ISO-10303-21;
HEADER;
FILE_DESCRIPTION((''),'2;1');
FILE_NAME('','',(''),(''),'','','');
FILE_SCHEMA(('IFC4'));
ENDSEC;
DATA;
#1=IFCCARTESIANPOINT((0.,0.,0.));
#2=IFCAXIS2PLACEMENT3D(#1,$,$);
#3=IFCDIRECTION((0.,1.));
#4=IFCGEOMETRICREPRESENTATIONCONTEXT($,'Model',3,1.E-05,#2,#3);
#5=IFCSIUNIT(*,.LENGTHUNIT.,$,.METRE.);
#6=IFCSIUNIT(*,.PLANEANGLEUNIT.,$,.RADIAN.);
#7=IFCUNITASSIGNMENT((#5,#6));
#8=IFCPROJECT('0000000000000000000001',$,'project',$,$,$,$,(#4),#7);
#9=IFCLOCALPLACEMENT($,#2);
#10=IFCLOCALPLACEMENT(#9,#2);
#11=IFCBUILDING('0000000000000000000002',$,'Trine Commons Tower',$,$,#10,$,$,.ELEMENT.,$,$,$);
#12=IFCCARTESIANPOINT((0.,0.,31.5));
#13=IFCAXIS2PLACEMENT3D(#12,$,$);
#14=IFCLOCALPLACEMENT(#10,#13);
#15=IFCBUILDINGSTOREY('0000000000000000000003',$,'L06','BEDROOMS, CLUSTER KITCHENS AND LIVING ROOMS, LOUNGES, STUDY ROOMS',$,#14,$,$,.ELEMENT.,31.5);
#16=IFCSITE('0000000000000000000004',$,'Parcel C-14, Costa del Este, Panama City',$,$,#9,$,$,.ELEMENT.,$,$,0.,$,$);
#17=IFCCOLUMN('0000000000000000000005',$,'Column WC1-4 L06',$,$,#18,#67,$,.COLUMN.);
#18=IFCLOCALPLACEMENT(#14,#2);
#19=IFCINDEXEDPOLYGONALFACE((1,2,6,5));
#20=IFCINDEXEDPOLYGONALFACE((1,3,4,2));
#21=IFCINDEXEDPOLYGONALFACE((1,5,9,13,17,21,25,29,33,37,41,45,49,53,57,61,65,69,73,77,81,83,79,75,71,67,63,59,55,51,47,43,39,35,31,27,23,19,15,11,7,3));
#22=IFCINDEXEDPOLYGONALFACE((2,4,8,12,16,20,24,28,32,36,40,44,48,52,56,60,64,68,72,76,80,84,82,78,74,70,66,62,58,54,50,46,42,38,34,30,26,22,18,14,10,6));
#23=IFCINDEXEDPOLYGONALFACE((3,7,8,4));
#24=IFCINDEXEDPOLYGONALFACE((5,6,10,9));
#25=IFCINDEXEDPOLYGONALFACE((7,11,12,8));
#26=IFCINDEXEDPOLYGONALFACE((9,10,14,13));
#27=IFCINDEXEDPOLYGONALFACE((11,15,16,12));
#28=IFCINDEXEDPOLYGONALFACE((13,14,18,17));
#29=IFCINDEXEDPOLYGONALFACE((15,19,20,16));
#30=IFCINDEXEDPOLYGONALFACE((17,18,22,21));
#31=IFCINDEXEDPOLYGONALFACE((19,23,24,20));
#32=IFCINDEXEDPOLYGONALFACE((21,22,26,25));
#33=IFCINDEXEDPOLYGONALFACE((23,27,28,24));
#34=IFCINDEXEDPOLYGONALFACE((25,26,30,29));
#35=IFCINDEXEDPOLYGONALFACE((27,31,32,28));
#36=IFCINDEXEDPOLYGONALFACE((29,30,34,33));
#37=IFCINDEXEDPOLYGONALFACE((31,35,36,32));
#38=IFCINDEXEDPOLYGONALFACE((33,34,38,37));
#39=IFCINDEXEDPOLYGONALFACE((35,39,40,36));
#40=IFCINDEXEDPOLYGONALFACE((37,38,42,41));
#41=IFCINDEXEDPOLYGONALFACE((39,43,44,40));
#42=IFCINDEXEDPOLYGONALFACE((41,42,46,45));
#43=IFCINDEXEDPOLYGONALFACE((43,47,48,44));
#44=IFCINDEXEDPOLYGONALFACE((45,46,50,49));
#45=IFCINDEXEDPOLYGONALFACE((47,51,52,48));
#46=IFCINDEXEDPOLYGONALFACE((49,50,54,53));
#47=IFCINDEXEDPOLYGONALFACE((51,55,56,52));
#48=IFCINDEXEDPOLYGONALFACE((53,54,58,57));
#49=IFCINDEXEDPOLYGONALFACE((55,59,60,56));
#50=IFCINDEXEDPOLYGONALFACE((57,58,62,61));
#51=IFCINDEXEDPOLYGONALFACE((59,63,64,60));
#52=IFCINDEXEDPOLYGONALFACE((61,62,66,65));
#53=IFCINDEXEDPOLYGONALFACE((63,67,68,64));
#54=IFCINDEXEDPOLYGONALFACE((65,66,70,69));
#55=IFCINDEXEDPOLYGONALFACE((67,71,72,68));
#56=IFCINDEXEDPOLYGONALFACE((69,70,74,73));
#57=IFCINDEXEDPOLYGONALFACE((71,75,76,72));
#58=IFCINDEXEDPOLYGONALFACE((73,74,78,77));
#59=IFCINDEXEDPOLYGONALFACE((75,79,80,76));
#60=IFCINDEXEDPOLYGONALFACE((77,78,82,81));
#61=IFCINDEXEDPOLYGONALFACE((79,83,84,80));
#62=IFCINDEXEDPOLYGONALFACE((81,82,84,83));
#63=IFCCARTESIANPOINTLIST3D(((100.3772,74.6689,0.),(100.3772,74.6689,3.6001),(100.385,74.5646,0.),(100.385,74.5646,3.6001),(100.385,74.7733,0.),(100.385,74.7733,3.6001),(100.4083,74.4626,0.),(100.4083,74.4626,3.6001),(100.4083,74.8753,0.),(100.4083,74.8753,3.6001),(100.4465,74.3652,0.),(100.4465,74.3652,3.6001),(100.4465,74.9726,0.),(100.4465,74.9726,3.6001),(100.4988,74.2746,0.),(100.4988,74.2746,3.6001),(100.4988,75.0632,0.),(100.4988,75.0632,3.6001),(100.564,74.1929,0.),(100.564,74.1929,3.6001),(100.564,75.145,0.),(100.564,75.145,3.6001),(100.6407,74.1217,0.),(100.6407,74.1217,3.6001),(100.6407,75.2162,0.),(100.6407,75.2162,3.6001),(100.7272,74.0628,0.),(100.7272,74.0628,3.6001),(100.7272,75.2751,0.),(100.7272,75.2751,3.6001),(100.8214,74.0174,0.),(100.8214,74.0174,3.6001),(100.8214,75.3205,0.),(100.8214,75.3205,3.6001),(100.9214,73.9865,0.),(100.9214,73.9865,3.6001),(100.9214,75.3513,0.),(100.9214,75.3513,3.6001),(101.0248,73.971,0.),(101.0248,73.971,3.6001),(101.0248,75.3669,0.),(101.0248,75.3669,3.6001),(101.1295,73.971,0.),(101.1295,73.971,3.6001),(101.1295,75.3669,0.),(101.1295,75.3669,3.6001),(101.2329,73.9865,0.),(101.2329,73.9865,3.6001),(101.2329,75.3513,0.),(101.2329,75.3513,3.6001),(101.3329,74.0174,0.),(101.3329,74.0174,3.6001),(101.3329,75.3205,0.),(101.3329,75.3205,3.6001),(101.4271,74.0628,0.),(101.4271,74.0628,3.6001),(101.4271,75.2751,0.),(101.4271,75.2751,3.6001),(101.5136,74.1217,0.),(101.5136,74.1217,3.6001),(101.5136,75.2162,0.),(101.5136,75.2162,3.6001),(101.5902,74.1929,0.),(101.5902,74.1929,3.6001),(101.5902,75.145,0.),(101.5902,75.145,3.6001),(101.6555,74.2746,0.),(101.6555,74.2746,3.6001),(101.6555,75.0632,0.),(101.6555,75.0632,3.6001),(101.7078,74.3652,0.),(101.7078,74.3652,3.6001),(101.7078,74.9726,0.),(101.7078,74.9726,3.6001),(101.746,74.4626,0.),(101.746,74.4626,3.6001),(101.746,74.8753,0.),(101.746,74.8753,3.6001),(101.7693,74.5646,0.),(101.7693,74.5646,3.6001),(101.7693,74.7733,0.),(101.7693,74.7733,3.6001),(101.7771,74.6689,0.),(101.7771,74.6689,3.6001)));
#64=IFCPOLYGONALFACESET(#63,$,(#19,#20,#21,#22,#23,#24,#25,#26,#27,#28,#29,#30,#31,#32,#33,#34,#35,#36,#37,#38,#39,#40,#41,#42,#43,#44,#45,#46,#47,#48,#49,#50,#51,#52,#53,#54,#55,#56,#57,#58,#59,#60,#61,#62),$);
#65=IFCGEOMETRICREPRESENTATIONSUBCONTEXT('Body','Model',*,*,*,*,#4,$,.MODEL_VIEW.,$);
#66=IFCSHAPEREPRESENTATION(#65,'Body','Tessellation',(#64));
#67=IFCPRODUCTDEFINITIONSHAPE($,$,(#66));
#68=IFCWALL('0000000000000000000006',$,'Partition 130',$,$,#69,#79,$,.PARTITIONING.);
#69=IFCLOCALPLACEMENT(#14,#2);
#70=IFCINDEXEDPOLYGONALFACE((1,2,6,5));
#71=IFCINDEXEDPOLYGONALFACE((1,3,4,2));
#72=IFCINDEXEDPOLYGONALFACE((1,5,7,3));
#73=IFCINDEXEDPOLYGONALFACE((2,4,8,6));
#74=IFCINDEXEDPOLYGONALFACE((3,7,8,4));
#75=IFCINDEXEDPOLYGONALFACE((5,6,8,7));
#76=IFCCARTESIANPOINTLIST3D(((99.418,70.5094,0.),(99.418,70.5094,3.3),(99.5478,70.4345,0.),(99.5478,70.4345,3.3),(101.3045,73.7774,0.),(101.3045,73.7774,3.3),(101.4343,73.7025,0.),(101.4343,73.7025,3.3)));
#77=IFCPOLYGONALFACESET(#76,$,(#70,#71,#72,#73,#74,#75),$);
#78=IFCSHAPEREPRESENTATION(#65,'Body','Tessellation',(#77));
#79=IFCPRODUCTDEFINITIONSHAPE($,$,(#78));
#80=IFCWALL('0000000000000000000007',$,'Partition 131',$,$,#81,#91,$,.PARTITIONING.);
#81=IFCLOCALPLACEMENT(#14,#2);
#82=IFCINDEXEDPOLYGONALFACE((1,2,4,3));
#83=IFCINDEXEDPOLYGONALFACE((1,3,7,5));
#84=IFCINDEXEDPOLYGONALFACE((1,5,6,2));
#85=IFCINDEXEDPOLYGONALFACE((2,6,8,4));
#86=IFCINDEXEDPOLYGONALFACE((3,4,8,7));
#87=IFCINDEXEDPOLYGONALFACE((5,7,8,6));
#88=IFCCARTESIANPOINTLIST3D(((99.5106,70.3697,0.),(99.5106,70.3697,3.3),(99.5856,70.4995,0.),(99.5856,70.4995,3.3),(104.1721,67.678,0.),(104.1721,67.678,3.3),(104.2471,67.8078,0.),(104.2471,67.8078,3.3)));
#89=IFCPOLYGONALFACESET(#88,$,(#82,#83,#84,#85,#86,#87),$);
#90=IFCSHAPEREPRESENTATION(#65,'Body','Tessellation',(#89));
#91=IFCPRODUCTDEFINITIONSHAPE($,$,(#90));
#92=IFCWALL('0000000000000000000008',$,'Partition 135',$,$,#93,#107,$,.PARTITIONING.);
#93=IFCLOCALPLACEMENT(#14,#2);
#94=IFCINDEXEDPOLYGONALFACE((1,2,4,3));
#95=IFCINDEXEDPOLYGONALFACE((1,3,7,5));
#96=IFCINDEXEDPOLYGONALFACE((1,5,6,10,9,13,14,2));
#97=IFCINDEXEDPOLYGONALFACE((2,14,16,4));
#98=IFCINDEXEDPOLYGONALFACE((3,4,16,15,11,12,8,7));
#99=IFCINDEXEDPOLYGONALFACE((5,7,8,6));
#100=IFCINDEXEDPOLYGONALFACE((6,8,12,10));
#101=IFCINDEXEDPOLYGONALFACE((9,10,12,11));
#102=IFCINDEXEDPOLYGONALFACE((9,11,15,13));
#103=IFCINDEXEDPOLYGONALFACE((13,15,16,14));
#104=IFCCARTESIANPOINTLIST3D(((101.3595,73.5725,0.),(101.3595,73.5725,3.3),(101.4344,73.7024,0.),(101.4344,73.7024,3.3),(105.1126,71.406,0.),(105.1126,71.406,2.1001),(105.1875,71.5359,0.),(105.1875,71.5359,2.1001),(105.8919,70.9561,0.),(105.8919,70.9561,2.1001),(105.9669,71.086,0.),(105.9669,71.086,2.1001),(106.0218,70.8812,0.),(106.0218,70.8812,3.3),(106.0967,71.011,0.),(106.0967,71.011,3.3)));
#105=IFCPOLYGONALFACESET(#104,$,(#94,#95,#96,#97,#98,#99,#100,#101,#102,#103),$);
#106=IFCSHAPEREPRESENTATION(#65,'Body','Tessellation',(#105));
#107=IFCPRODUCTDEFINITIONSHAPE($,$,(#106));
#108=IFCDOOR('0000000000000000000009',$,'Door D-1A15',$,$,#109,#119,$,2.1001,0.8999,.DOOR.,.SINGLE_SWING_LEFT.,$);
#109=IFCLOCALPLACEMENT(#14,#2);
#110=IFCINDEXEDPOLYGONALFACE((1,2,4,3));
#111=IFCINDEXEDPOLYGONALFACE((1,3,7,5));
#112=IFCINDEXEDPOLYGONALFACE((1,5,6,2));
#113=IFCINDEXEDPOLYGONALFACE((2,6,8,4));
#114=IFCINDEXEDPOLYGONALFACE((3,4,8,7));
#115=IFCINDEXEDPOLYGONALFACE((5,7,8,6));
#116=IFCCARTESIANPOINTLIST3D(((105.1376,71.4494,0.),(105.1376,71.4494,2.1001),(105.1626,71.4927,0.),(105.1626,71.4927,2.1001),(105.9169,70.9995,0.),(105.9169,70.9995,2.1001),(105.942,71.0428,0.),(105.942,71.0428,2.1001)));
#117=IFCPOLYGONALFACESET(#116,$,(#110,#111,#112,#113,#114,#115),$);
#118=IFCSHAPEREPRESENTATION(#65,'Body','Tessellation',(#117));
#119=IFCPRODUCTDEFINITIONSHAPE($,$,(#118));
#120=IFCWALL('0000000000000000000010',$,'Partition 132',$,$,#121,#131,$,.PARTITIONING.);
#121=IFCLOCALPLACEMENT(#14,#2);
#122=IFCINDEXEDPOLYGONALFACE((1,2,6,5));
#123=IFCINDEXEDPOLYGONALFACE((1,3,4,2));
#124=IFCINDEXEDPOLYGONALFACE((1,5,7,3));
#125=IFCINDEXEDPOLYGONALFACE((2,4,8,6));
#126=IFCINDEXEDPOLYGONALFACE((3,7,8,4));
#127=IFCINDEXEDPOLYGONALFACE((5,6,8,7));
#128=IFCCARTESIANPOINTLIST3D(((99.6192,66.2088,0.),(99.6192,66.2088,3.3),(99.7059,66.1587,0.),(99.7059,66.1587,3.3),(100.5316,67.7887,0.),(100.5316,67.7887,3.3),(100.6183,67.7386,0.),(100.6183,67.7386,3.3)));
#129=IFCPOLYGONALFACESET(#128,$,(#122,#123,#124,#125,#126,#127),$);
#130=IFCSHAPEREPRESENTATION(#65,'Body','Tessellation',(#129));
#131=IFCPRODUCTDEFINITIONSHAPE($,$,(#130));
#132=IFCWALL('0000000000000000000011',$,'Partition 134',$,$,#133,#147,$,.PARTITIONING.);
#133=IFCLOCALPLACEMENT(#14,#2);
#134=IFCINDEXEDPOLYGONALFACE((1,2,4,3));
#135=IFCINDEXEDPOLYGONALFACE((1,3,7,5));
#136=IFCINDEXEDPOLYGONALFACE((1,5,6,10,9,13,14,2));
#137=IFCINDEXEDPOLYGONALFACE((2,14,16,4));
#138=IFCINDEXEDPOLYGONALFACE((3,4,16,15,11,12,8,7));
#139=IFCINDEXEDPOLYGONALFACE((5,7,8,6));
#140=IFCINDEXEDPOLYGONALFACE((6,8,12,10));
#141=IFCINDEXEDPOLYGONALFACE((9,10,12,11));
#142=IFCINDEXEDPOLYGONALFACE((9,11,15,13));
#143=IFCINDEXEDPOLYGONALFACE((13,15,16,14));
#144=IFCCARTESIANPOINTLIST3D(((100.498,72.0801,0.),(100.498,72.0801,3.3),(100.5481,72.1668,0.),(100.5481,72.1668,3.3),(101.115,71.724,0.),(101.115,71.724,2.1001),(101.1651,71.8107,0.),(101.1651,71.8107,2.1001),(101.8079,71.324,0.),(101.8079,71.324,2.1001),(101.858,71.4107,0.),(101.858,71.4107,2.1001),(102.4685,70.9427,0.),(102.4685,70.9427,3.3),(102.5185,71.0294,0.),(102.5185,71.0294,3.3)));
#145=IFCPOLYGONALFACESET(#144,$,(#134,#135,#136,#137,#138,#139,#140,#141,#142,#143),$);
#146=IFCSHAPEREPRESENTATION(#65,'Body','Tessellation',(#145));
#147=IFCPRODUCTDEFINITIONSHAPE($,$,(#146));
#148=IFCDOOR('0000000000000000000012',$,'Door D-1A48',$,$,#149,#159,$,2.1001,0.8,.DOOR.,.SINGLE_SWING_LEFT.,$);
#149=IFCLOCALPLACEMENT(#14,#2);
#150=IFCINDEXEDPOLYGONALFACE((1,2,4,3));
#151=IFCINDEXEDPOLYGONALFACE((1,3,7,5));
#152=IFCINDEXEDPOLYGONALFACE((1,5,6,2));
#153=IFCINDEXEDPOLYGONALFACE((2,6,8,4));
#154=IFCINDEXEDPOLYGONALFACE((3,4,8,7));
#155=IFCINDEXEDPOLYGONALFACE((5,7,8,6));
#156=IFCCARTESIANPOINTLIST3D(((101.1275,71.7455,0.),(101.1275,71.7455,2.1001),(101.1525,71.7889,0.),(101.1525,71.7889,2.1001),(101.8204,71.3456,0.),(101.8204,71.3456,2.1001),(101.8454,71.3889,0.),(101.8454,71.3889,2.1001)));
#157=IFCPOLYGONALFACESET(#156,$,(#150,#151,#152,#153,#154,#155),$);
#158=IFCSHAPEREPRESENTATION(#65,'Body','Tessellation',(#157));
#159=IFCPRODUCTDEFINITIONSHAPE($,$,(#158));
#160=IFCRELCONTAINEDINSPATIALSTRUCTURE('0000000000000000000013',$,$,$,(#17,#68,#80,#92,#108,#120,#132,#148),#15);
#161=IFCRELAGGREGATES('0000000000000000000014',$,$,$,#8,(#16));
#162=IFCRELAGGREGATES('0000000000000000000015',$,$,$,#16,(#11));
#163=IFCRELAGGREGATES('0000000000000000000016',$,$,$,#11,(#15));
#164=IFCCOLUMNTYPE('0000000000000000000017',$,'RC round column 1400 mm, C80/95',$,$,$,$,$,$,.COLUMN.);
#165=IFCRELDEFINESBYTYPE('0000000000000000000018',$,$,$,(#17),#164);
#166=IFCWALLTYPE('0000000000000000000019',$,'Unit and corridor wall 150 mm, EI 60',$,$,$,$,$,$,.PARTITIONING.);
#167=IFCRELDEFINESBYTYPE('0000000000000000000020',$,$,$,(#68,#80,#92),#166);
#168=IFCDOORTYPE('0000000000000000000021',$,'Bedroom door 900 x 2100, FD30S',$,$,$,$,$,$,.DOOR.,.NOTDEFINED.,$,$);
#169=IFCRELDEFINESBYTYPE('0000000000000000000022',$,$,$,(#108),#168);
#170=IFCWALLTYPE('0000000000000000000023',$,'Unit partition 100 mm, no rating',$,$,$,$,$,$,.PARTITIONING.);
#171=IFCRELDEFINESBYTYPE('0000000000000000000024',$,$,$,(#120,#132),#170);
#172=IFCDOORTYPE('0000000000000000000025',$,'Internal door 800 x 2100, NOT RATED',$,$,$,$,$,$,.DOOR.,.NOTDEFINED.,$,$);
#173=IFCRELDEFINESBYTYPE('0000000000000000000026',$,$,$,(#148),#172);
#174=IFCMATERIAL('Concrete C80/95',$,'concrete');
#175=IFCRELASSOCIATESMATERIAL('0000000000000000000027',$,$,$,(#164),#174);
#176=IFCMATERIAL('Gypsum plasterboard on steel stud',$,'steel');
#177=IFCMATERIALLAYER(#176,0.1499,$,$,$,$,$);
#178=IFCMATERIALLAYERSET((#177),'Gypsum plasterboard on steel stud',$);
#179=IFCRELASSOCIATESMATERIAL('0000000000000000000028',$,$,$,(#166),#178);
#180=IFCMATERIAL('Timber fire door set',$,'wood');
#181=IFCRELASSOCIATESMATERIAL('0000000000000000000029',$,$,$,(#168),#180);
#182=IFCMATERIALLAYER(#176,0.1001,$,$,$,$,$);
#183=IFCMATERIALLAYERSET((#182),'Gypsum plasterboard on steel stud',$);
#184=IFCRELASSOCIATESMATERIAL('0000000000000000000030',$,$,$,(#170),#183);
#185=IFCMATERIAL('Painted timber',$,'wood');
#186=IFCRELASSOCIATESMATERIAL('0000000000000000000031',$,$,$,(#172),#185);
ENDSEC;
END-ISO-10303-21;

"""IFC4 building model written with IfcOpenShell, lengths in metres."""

from ifc_helpers import new_model, si_unit, direction, frame, frame_2d, origin, origin_2d, place, context, subcontext, project, spatial, rectangle, circle, extrude, material, layer, layer_set, material_profile, profile_set, type_object, element, fill, save


model = new_model("IFC4")

# Units and contexts
model_context = context("Model", 3, precision=1e-05, world=origin(), true_north=direction((0.0, 1.0)))
body_context = subcontext(model_context, "Body", "Model", "MODEL_VIEW")
ifc_project = project(units=[si_unit("LENGTHUNIT", "METRE"), si_unit("PLANEANGLEUNIT", "RADIAN")], contexts=[model_context])

# Site, building, storey
site_placement = place(None, origin())
site = spatial("IfcSite", under=ifc_project, at=site_placement, Name="Parcel C-14, Costa del Este, Panama City", CompositionType="ELEMENT", RefElevation=0.0)
building_placement = place(site_placement, origin())
building = spatial("IfcBuilding", under=site, at=building_placement, Name="Trine Commons Tower", CompositionType="ELEMENT")
storey_placement = place(building_placement, frame((0.0, 0.0, 31.5)))
storey = spatial("IfcBuildingStorey", under=building, at=storey_placement, Name="L06", Description="BEDROOMS, CLUSTER KITCHENS AND LIVING ROOMS, LOUNGES, STUDY ROOMS", CompositionType="ELEMENT", Elevation=31.5)

# Column
ifc_material_1 = material(Name="Concrete C80/95", Category="concrete")
ifc_material_profile = material_profile(ifc_material_1, circle(Radius=0.7, at=origin_2d()), Name="RC round 1400")
ifc_profile_set = profile_set([ifc_material_profile], Name="Concrete C80/95")
column_type = type_object("IfcColumnType", Name="RC round column 1400 mm, C80/95", PredefinedType="COLUMN", material=ifc_profile_set)
column_placement = place(storey_placement, frame((101.0771, 74.6689, 0.0), z_axis=(0.0, 0.0, 1.0), x_axis=(1.0, 0.0, 0.0)))
element("IfcColumn", 1, at=column_placement, inside=storey, type_object=column_type, Name="Column WC1-4 L06", PredefinedType="COLUMN", context=body_context, shape_type="SweptSolid", body=[
    extrude(circle(Radius=0.7, at=origin_2d()), origin(), (0.0, 0.0, 1.0), 3.6001),
])

# Walls
ifc_material_2 = material(Name="Gypsum plasterboard on steel stud", Category="steel")
ifc_layer_1 = layer(ifc_material_2, 0.1499)
ifc_layer_set_1 = layer_set([ifc_layer_1], Name="Gypsum plasterboard on steel stud")
wall_type_1 = type_object("IfcWallType", Name="Unit and corridor wall 150 mm, EI 60", PredefinedType="PARTITIONING", material=ifc_layer_set_1)
wall_1_placement = place(storey_placement, frame((99.4829, 70.4719, 0.0), z_axis=(0.0, 0.0, 1.0), x_axis=(0.499932, 0.866065, 0.0)))
element("IfcWall", 2, at=wall_1_placement, inside=storey, type_object=wall_type_1, Name="Partition 130", PredefinedType="PARTITIONING", context=body_context, shape_type="SweptSolid", body=[
    extrude(rectangle(XDim=3.7734, YDim=0.1499, at=frame_2d((1.8867, 0.0))), origin(), (0.0, 0.0, 1.0), 3.3),
])
wall_2_placement = place(storey_placement, frame((99.5481, 70.4346, 0.0), z_axis=(0.0, 0.0, 1.0), x_axis=(0.865993, -0.500056, 0.0)))
element("IfcWall", 3, at=wall_2_placement, inside=storey, type_object=wall_type_1, Name="Partition 131", PredefinedType="PARTITIONING", context=body_context, shape_type="SweptSolid", body=[
    extrude(rectangle(XDim=5.3828, YDim=0.1499, at=frame_2d((2.6914, 0.0))), origin(), (0.0, 0.0, 1.0), 3.3),
])

# Wall, opening, door
wall_3_placement = place(storey_placement, frame((101.397, 73.6375, 0.0), z_axis=(0.0, 0.0, 1.0), x_axis=(0.866058, -0.499944, 0.0)))
wall_3 = element("IfcWall", 4, at=wall_3_placement, inside=storey, type_object=wall_type_1, Name="Partition 135", PredefinedType="PARTITIONING", context=body_context, shape_type="SweptSolid", body=[
    extrude(rectangle(XDim=5.3833, YDim=0.1499, at=frame_2d((2.6917, 0.0))), origin(), (0.0, 0.0, 1.0), 3.3),
])
opening_1_placement = place(wall_3_placement, frame((4.3335, 0.0, 0.0)))
opening_1 = element("IfcOpeningElement", 5, at=opening_1_placement, cuts=wall_3, PredefinedType="OPENING", context=body_context, shape_type="SweptSolid", body=[
    extrude(rectangle(XDim=0.8999, YDim=2.1001, at=frame_2d((0.45, 1.05))), frame((0.0, 0.085, 0.0), z_axis=(0.0, -1.0, 0.0), x_axis=(1.0, 0.0, 0.0)), (0.0, 0.0, 1.0), 0.1699),
])
ifc_material_3 = material(Name="Timber fire door set", Category="wood")
door_type_1 = type_object("IfcDoorType", Name="Bedroom door 900 x 2100, FD30S", OperationType="NOTDEFINED", PredefinedType="DOOR", material=ifc_material_3)
door_1_placement = place(opening_1_placement, frame((0.8999, 0.0, 0.0), z_axis=(0.0, 0.0, 1.0), x_axis=(-1.0, 0.0, 0.0)))
door_1 = element("IfcDoor", 6, at=door_1_placement, inside=storey, type_object=door_type_1, Name="Door D-1A15", OperationType="SINGLE_SWING_LEFT", OverallHeight=2.1001, OverallWidth=0.8999, PredefinedType="DOOR", context=body_context, shape_type="SweptSolid", body=[
    extrude(rectangle(XDim=0.8999, YDim=2.1001, at=frame_2d((0.45, 1.05))), frame((0.0, 0.0249, 0.0), z_axis=(0.0, -1.0, 0.0), x_axis=(1.0, 0.0, 0.0)), (0.0, 0.0, 1.0), 0.05),
])
fill(opening_1, door_1)

# Wall
ifc_layer_2 = layer(ifc_material_2, 0.1001)
ifc_layer_set_2 = layer_set([ifc_layer_2], Name="Gypsum plasterboard on steel stud")
wall_type_2 = type_object("IfcWallType", Name="Unit partition 100 mm, no rating", PredefinedType="PARTITIONING", material=ifc_layer_set_2)
wall_4_placement = place(storey_placement, frame((99.6626, 66.1838, 0.0), z_axis=(0.0, 0.0, 1.0), x_axis=(0.500097, 0.865969, 0.0)))
element("IfcWall", 7, at=wall_4_placement, inside=storey, type_object=wall_type_2, Name="Partition 132", PredefinedType="PARTITIONING", context=body_context, shape_type="SweptSolid", body=[
    extrude(rectangle(XDim=1.8245, YDim=0.1001, at=frame_2d((0.9121, 0.0))), origin(), (0.0, 0.0, 1.0), 3.3),
])

# Wall, opening, door
wall_5_placement = place(storey_placement, frame((100.5229, 72.1235, 0.0), z_axis=(0.0, 0.0, 1.0), x_axis=(0.866062, -0.499936, 0.0)))
wall_5 = element("IfcWall", 8, at=wall_5_placement, inside=storey, type_object=wall_type_2, Name="Partition 134", PredefinedType="PARTITIONING", context=body_context, shape_type="SweptSolid", body=[
    extrude(rectangle(XDim=2.2751, YDim=0.1001, at=frame_2d((1.1377, 0.0))), origin(), (0.0, 0.0, 1.0), 3.3),
])
opening_2_placement = place(wall_5_placement, frame((0.7126, 0.0, 0.0)))
opening_2 = element("IfcOpeningElement", 9, at=opening_2_placement, cuts=wall_5, PredefinedType="OPENING", context=body_context, shape_type="SweptSolid", body=[
    extrude(rectangle(XDim=0.8, YDim=2.1001, at=frame_2d((0.3999, 1.05))), frame((0.0, 0.0601, 0.0), z_axis=(0.0, -1.0, 0.0), x_axis=(1.0, 0.0, 0.0)), (0.0, 0.0, 1.0), 0.1201),
])
ifc_material_4 = material(Name="Painted timber", Category="wood")
door_type_2 = type_object("IfcDoorType", Name="Internal door 800 x 2100, NOT RATED", OperationType="NOTDEFINED", PredefinedType="DOOR", material=ifc_material_4)
door_2_placement = place(opening_2_placement, origin())
door_2 = element("IfcDoor", 10, at=door_2_placement, inside=storey, type_object=door_type_2, Name="Door D-1A48", OperationType="SINGLE_SWING_LEFT", OverallHeight=2.1001, OverallWidth=0.8, PredefinedType="DOOR", context=body_context, shape_type="SweptSolid", body=[
    extrude(rectangle(XDim=0.8, YDim=2.1001, at=frame_2d((0.3999, 1.05))), frame((0.0, 0.0249, 0.0), z_axis=(0.0, -1.0, 0.0), x_axis=(1.0, 0.0, 0.0)), (0.0, 0.0, 1.0), 0.05),
])
fill(opening_2, door_2)

save(model, "model.ifc")
